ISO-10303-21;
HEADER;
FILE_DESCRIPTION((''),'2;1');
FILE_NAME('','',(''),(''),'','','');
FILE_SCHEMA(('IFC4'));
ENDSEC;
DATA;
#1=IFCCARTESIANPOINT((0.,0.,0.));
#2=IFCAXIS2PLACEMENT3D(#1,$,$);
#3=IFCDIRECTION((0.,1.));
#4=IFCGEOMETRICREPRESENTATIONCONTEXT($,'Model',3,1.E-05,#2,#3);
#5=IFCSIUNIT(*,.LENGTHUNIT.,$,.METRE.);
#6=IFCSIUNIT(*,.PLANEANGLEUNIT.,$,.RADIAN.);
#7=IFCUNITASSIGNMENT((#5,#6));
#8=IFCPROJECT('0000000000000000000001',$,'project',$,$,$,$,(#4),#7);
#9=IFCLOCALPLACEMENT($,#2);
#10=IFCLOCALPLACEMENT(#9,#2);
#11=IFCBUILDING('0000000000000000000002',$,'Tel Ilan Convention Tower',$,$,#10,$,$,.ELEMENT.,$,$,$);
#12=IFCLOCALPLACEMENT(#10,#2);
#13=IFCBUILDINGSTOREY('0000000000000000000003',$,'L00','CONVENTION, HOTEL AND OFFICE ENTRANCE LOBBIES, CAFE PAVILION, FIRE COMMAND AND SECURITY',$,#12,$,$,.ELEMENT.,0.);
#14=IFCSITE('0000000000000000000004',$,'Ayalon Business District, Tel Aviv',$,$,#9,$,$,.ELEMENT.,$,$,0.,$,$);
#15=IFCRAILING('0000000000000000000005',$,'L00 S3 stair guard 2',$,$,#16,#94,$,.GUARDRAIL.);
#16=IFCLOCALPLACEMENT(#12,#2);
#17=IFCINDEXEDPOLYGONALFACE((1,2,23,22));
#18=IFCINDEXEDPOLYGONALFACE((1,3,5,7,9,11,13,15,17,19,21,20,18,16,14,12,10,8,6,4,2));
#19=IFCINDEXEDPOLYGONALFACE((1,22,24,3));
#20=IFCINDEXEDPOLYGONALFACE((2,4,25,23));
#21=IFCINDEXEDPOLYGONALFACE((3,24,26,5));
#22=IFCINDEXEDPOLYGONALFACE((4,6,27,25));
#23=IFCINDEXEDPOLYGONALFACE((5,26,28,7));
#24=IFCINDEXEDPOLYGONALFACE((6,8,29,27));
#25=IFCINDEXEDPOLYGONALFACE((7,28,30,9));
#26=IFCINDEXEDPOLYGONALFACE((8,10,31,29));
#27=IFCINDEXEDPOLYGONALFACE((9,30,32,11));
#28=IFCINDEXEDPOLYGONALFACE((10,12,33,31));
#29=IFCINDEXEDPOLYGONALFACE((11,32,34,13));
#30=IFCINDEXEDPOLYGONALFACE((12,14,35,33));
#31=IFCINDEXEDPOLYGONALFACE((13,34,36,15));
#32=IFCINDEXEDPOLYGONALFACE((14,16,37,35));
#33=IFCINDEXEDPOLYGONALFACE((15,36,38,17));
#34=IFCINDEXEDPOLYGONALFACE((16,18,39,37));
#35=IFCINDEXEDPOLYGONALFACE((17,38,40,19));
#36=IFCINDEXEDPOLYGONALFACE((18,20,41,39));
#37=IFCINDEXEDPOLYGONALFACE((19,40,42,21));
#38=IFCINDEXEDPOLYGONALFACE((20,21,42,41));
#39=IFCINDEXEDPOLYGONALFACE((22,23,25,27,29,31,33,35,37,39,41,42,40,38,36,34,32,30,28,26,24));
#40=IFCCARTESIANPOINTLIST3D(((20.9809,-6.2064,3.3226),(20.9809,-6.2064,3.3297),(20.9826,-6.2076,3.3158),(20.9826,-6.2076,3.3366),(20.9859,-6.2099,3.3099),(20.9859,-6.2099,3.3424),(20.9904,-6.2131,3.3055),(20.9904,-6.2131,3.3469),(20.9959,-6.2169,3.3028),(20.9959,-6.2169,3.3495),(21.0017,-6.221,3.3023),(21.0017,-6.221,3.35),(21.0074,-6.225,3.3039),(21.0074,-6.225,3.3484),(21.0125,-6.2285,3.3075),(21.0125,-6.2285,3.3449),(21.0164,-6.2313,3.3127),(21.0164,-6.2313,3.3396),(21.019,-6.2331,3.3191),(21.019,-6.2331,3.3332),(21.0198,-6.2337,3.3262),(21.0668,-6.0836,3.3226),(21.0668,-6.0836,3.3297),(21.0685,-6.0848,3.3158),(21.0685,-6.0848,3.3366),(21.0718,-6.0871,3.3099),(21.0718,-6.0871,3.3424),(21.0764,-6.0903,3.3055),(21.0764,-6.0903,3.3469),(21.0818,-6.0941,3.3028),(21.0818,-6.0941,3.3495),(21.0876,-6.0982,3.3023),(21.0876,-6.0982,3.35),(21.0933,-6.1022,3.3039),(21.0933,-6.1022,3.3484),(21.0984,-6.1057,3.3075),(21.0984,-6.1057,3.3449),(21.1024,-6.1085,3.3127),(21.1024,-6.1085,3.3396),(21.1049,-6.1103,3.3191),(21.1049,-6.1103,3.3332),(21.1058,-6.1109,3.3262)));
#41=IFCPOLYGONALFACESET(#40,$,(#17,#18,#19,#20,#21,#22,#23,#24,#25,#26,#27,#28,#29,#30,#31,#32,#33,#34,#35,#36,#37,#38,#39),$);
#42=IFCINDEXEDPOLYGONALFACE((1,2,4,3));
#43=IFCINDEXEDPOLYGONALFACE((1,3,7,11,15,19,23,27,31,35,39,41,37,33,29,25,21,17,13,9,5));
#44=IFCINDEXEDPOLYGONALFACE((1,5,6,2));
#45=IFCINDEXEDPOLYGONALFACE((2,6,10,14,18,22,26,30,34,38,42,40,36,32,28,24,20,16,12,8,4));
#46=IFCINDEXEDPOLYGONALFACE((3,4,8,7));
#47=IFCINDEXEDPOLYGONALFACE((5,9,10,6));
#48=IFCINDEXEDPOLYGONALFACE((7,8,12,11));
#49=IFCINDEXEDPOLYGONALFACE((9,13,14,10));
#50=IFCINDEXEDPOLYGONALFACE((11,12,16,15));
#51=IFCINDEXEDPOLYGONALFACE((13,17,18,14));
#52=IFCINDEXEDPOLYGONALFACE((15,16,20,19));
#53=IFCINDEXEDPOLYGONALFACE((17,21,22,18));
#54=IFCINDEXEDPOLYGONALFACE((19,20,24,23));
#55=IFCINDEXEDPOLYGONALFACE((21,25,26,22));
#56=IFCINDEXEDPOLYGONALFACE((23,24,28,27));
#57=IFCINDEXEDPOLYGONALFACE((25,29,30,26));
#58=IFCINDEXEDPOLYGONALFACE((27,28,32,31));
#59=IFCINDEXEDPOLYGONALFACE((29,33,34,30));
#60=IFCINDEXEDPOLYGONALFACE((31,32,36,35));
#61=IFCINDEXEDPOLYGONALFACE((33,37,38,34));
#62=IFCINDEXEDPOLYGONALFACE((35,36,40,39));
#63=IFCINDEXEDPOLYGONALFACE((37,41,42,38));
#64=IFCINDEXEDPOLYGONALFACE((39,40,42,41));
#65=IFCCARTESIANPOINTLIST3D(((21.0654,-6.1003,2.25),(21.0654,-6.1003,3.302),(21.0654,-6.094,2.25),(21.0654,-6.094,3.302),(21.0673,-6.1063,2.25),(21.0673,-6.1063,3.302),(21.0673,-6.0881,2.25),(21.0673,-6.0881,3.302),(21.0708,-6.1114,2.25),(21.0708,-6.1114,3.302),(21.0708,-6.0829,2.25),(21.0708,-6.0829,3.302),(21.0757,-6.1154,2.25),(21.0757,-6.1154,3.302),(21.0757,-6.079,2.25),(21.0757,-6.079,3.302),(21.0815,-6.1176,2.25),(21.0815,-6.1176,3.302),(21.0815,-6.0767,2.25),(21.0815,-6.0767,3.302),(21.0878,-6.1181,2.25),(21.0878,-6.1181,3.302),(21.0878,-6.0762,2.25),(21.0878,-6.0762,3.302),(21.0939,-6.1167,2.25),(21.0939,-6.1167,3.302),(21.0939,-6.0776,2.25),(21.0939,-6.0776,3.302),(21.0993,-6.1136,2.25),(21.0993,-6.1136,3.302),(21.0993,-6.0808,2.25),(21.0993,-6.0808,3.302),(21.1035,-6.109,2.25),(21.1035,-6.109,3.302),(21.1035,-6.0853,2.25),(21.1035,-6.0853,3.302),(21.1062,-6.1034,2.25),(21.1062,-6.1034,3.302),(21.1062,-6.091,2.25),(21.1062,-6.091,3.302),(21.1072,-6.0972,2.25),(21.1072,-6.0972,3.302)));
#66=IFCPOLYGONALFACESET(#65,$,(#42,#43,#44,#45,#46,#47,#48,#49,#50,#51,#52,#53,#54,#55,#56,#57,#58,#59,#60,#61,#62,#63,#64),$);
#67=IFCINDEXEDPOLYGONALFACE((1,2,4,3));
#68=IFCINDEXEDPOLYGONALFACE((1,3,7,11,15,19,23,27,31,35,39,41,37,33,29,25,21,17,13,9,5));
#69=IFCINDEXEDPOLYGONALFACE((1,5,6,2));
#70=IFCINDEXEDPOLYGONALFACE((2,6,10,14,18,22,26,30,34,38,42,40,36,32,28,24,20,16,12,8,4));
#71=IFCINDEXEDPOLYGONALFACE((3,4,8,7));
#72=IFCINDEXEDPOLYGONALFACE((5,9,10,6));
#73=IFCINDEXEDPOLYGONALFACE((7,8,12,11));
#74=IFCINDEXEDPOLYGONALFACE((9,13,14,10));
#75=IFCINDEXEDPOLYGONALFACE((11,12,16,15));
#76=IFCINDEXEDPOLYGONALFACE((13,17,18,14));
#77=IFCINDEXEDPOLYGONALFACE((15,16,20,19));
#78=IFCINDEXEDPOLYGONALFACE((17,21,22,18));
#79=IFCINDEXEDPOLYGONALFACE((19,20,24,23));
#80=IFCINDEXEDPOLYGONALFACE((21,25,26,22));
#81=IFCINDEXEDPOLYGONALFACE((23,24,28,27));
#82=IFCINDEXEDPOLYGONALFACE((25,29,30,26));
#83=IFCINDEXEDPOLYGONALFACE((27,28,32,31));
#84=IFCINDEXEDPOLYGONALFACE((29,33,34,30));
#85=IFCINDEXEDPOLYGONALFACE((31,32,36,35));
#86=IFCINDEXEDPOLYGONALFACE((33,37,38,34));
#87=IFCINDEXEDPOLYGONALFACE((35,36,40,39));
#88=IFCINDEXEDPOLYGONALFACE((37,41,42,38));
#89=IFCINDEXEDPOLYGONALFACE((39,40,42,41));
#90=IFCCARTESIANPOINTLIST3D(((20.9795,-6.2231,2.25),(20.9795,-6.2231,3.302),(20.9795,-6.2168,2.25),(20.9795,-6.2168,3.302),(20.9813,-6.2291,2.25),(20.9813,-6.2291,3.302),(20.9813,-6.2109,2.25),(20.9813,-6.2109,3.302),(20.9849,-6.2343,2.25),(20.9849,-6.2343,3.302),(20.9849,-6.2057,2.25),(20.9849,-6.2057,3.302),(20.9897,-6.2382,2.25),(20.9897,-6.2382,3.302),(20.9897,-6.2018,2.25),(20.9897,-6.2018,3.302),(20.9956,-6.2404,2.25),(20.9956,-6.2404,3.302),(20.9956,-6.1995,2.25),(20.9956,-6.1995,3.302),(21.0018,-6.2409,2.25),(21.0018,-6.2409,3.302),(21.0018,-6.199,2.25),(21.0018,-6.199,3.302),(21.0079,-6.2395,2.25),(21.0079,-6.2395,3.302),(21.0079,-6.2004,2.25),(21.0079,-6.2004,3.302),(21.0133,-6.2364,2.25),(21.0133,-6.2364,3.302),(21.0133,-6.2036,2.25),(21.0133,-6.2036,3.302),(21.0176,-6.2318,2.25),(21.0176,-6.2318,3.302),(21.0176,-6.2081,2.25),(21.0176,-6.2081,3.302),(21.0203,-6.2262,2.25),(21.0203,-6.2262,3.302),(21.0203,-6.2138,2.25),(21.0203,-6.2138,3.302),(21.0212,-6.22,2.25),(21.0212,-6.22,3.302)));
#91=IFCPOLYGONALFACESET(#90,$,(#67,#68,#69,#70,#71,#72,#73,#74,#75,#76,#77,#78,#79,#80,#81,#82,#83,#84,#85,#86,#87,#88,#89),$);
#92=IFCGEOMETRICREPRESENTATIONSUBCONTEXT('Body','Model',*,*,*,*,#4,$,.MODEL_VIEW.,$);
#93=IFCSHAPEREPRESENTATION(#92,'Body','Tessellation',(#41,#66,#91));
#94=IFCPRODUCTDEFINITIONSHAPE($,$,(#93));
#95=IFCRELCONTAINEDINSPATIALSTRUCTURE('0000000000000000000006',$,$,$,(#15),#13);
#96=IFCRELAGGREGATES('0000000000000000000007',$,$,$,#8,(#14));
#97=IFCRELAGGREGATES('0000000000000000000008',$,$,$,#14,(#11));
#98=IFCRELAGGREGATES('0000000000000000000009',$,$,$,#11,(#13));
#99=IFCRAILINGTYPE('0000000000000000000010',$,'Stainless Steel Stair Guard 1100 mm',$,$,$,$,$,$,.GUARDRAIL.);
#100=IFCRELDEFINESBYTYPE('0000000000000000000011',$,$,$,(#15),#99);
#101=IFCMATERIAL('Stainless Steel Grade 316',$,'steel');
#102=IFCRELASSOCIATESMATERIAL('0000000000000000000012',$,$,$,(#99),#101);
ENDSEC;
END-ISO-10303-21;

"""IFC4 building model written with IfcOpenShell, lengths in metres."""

from ifc_helpers import new_model, si_unit, direction, frame, origin, origin_2d, place, context, subcontext, project, spatial, circle, extrude, material, type_object, element, save


model = new_model("IFC4")

# Units and contexts
model_context = context("Model", 3, precision=1e-05, world=origin(), true_north=direction((0.0, 1.0)))
body_context = subcontext(model_context, "Body", "Model", "MODEL_VIEW")
ifc_project = project(units=[si_unit("LENGTHUNIT", "METRE"), si_unit("PLANEANGLEUNIT", "RADIAN")], contexts=[model_context])

# Site, building, storey
site_placement = place(None, origin())
site = spatial("IfcSite", under=ifc_project, at=site_placement, Name="Ayalon Business District, Tel Aviv", CompositionType="ELEMENT", RefElevation=0.0)
building_placement = place(site_placement, origin())
building = spatial("IfcBuilding", under=site, at=building_placement, Name="Tel Ilan Convention Tower", CompositionType="ELEMENT")
storey_placement = place(building_placement, origin())
storey = spatial("IfcBuildingStorey", under=building, at=storey_placement, Name="L00", Description="CONVENTION, HOTEL AND OFFICE ENTRANCE LOBBIES, CAFE PAVILION, FIRE COMMAND AND SECURITY", CompositionType="ELEMENT", Elevation=0.0)

# Railing
ifc_material_1 = material(Name="Stainless Steel Grade 316", Category="steel")
railing_type_1 = type_object("IfcRailingType", Name="Stainless Steel Stair Guard 1100 mm", PredefinedType="GUARDRAIL", material=ifc_material_1)
railing_1_placement = place(storey_placement, frame((21.0862, -6.0972, 2.25)))
element("IfcRailing", 1, at=railing_1_placement, inside=storey, type_object=railing_type_1, Name="L00 S3 stair guard 2", PredefinedType="GUARDRAIL", context=body_context, shape_type="SweptSolid", body=[
    extrude(circle(Radius=0.0239, at=origin_2d()), frame((0.0, 0.0, 1.0762), z_axis=(-0.573353, -0.819308, 0.0), x_axis=(0.819308, -0.573353, 0.0)), (0.0, 0.0, 1.0), 0.1499),
    extrude(circle(Radius=0.021, at=origin_2d()), origin(), (0.0, 0.0, 1.0), 1.052),
    extrude(circle(Radius=0.021, at=origin_2d()), frame((-0.0859, -0.1228, 0.0)), (0.0, 0.0, 1.0), 1.052),
])

save(model, "model.ifc")
